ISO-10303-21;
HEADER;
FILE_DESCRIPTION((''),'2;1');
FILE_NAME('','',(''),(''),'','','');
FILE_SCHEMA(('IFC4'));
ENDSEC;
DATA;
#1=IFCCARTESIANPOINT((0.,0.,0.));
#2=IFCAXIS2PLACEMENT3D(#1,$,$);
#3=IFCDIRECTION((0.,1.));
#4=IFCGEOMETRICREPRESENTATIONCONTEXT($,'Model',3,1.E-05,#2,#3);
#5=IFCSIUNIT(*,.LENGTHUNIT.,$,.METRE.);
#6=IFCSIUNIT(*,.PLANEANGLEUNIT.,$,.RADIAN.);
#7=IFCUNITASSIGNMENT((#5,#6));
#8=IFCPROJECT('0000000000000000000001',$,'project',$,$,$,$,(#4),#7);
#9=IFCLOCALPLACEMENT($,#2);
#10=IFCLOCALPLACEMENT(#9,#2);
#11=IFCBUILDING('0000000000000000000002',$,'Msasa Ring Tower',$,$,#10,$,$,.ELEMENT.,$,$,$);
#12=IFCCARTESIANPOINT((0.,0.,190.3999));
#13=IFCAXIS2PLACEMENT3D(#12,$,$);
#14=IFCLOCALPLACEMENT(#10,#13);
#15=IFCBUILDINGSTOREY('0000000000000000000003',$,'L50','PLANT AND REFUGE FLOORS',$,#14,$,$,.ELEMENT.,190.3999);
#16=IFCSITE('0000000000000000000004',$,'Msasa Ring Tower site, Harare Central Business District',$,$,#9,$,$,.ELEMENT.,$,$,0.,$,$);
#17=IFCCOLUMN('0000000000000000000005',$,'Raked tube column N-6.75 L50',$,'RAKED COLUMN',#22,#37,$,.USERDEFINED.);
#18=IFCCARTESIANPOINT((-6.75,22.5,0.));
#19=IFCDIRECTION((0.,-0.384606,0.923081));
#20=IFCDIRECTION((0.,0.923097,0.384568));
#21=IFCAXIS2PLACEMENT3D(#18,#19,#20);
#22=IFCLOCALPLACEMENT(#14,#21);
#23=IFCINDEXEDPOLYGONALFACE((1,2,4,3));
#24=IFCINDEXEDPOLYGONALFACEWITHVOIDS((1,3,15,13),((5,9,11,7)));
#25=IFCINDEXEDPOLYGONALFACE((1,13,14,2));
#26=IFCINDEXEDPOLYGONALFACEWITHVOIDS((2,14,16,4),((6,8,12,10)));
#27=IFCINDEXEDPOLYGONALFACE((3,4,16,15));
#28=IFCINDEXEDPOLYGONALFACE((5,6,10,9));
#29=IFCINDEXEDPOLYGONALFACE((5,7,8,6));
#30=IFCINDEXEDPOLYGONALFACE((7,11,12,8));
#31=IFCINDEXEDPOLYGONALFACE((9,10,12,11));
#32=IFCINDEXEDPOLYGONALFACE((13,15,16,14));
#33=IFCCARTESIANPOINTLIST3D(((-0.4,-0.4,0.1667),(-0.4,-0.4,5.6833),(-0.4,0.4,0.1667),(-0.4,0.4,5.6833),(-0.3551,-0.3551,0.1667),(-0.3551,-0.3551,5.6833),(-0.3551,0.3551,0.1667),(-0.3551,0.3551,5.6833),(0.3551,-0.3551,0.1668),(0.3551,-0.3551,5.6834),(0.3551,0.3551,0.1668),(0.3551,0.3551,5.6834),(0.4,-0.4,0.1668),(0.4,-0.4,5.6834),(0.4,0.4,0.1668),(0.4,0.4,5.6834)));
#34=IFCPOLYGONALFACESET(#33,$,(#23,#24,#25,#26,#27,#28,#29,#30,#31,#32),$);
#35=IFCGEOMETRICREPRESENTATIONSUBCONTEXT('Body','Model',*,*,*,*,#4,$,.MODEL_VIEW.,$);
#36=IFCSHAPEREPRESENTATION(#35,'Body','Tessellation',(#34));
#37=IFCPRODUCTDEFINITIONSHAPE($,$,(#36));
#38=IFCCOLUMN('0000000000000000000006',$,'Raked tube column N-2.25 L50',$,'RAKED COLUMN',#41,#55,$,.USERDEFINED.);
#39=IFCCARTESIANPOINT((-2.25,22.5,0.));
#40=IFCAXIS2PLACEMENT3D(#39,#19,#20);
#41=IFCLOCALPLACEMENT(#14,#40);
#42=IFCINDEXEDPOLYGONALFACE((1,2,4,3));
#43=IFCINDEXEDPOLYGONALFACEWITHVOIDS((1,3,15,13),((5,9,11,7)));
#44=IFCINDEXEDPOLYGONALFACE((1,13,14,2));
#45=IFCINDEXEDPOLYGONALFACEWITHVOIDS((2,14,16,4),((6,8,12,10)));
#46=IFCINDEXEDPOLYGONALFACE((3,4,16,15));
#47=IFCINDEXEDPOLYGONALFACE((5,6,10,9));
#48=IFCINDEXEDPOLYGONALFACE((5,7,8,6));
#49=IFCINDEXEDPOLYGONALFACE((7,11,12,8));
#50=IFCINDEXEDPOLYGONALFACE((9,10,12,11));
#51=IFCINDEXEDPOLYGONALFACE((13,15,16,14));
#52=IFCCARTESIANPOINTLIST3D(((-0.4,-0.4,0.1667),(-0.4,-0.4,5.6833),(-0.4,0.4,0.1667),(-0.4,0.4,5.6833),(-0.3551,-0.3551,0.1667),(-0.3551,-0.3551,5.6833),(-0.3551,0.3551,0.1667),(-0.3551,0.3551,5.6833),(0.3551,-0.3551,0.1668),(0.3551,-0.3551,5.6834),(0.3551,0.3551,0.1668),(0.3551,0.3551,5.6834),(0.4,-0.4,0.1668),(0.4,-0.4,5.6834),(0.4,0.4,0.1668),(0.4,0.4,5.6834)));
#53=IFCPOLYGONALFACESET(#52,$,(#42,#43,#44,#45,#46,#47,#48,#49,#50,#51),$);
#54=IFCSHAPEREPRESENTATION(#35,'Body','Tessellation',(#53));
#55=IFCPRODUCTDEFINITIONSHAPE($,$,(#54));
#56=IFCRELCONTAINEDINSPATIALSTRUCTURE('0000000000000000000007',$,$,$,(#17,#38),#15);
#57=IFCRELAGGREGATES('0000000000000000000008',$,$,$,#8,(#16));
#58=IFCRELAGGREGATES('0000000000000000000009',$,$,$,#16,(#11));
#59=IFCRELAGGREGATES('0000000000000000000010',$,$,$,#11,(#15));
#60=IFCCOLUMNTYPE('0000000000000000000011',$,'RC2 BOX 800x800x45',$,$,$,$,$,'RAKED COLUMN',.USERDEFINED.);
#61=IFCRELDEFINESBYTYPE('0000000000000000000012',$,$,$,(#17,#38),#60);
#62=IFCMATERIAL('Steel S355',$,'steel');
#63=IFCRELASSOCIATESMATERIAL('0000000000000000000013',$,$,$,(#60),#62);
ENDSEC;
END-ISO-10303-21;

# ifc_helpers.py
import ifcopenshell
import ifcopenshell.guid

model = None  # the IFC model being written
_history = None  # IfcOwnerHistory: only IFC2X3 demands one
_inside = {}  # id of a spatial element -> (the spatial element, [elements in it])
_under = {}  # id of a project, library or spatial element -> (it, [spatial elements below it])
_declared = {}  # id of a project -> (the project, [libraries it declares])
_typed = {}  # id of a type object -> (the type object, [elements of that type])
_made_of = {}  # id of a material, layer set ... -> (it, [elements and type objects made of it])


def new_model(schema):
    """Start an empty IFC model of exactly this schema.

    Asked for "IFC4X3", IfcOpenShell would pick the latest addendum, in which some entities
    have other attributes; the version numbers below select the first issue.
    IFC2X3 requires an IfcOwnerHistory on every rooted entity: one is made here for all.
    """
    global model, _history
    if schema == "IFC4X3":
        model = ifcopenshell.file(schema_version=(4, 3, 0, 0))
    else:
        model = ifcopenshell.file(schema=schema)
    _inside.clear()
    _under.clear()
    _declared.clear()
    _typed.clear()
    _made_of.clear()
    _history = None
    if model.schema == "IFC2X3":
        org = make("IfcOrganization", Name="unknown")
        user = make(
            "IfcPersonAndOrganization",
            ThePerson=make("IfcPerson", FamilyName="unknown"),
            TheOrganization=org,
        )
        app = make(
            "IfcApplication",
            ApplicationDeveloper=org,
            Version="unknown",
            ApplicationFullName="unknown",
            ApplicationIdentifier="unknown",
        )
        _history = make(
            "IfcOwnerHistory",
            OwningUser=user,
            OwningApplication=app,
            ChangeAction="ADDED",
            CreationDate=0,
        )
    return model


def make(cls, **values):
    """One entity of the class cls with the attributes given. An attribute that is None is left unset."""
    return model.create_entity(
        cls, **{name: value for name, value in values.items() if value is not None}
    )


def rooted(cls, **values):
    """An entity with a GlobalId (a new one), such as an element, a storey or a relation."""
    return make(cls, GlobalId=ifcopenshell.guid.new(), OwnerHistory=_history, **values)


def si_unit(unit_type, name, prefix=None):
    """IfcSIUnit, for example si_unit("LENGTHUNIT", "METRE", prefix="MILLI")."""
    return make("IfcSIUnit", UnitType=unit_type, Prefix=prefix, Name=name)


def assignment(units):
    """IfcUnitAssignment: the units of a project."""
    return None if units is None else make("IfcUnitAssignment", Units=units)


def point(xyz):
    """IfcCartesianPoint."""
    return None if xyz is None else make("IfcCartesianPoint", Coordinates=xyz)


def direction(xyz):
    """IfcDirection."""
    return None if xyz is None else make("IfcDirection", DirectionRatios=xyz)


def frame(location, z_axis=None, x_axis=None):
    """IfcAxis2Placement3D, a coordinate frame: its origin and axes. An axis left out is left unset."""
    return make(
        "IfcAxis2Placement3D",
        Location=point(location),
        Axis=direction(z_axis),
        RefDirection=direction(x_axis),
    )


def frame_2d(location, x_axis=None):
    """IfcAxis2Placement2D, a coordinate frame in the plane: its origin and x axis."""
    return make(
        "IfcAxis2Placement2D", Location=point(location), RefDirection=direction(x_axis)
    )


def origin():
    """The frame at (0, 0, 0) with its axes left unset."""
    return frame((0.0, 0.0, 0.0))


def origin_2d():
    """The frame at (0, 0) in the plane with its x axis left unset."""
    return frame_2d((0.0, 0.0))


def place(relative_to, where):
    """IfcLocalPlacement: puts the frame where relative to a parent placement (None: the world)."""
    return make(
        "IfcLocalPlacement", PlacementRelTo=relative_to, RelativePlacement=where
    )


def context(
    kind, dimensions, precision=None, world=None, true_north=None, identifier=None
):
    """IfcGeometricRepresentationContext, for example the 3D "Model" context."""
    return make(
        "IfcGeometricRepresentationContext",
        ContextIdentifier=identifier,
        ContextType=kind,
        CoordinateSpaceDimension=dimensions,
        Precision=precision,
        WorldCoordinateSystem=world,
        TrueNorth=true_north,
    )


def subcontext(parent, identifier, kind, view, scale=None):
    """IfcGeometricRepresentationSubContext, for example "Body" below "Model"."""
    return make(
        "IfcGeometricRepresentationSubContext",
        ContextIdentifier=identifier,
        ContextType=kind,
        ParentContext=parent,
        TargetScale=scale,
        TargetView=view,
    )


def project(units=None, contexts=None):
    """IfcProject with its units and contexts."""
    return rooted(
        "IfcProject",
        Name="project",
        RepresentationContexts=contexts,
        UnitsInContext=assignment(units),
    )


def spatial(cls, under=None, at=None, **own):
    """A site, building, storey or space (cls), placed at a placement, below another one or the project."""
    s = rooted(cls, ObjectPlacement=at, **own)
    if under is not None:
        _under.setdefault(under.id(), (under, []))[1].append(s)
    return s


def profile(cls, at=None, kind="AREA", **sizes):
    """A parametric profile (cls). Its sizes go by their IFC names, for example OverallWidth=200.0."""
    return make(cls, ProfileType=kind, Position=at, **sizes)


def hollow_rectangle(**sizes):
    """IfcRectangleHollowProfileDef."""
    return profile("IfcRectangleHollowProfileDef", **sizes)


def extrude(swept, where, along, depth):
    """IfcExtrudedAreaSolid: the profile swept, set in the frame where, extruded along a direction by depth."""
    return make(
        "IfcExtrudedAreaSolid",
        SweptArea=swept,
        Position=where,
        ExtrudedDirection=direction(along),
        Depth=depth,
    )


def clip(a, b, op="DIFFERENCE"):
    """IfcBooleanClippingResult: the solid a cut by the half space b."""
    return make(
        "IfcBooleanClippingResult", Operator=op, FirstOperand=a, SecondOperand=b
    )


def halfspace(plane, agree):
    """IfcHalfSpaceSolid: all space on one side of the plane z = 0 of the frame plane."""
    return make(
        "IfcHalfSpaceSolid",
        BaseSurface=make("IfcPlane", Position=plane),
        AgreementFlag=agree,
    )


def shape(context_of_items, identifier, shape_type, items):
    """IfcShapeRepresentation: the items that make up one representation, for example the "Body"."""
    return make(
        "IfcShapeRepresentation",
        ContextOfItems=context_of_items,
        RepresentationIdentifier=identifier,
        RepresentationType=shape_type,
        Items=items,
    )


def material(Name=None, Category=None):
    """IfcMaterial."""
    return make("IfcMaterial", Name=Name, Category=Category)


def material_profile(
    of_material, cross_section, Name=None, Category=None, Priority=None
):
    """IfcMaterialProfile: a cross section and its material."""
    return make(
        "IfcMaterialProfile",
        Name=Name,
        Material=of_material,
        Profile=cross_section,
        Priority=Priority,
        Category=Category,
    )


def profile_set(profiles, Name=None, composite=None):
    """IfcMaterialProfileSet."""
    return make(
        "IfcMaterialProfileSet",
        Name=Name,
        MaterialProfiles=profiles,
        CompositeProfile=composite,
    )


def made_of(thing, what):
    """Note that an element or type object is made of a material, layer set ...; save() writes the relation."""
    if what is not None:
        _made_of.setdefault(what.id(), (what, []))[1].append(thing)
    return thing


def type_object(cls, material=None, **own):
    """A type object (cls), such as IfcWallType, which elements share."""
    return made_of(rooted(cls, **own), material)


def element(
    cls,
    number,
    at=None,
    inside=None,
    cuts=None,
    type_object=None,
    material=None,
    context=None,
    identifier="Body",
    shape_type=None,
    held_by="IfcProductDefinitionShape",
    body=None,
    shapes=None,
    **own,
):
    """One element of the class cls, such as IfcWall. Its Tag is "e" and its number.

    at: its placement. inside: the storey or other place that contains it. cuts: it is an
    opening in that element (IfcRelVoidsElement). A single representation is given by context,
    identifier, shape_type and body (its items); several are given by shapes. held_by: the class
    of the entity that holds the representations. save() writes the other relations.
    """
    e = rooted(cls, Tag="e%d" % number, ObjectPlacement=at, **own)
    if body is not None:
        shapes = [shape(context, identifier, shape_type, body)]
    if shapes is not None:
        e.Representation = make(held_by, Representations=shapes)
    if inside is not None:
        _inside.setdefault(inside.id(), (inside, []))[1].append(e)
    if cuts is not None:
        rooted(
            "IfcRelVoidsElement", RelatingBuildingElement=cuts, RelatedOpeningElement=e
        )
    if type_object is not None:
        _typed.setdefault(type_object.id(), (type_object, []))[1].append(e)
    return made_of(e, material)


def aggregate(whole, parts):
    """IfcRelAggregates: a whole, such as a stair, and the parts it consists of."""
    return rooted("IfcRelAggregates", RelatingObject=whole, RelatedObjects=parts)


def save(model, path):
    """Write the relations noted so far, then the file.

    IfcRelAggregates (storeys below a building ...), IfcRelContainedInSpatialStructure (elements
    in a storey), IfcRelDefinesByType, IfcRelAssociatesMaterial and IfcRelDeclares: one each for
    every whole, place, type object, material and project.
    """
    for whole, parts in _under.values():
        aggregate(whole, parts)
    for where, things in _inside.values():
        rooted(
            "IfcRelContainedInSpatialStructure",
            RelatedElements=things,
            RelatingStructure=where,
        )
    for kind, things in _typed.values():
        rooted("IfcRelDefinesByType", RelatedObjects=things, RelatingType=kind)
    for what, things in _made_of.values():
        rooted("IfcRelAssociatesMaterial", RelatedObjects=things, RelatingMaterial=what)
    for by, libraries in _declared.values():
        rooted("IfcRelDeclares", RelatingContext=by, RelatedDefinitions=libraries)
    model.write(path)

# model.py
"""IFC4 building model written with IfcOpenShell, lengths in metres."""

from ifc_helpers import new_model, si_unit, direction, frame, origin, origin_2d, place, context, subcontext, project, spatial, hollow_rectangle, extrude, clip, halfspace, material, material_profile, profile_set, type_object, element, save


model = new_model("IFC4")

# Units and contexts
model_context = context("Model", 3, precision=1e-05, world=origin(), true_north=direction((0.0, 1.0)))
body_context = subcontext(model_context, "Body", "Model", "MODEL_VIEW")
ifc_project = project(units=[si_unit("LENGTHUNIT", "METRE"), si_unit("PLANEANGLEUNIT", "RADIAN")], contexts=[model_context])

# Site, building, storey
site_placement = place(None, origin())
site = spatial("IfcSite", under=ifc_project, at=site_placement, Name="Msasa Ring Tower site, Harare Central Business District", CompositionType="ELEMENT", RefElevation=0.0)
building_placement = place(site_placement, origin())
building = spatial("IfcBuilding", under=site, at=building_placement, Name="Msasa Ring Tower", CompositionType="ELEMENT")
storey_placement = place(building_placement, frame((0.0, 0.0, 190.3999)))
storey = spatial("IfcBuildingStorey", under=building, at=storey_placement, Name="L50", Description="PLANT AND REFUGE FLOORS", CompositionType="ELEMENT", Elevation=190.3999)

# Columns
ifc_material_1 = material(Name="Steel S355", Category="steel")
ifc_material_profile_1 = material_profile(ifc_material_1, hollow_rectangle(XDim=0.8, YDim=0.8, WallThickness=0.0449, at=origin_2d()), Name="BOX 800x800x45")
ifc_profile_set_1 = profile_set([ifc_material_profile_1], Name="Steel S355")
column_type_1 = type_object("IfcColumnType", Name="RC2 BOX 800x800x45", ElementType="RAKED COLUMN", PredefinedType="USERDEFINED", material=ifc_profile_set_1)
for number, where, z_axis, x_axis, name in (
    (1, (-6.75, 22.5, 0.0), (0.0, -0.384606, 0.923081), (0.0, 0.923097, 0.384568), "Raked tube column N-6.75 L50"),
    (2, (-2.25, 22.5, 0.0), (0.0, -0.384606, 0.923081), (0.0, 0.923097, 0.384568), "Raked tube column N-2.25 L50"),
):
    element("IfcColumn", number, at=place(storey_placement, frame(where, z_axis=z_axis, x_axis=x_axis)), inside=storey, type_object=column_type_1, Name=name, ObjectType="RAKED COLUMN", PredefinedType="USERDEFINED", context=body_context, shape_type="Clipping", body=[
        clip(clip(extrude(hollow_rectangle(XDim=0.8, YDim=0.8, WallThickness=0.0449, at=origin_2d()), origin(), (0.0, 0.0, 1.0), 5.8501), halfspace(frame((0.0, 0.0, 0.1667), z_axis=(0.0, 0.0, 1.0)), True)), halfspace(frame((0.0, 0.0, 5.6833), z_axis=(0.0, 0.0, -1.0)), True)),
    ])

save(model, "model.ifc")
